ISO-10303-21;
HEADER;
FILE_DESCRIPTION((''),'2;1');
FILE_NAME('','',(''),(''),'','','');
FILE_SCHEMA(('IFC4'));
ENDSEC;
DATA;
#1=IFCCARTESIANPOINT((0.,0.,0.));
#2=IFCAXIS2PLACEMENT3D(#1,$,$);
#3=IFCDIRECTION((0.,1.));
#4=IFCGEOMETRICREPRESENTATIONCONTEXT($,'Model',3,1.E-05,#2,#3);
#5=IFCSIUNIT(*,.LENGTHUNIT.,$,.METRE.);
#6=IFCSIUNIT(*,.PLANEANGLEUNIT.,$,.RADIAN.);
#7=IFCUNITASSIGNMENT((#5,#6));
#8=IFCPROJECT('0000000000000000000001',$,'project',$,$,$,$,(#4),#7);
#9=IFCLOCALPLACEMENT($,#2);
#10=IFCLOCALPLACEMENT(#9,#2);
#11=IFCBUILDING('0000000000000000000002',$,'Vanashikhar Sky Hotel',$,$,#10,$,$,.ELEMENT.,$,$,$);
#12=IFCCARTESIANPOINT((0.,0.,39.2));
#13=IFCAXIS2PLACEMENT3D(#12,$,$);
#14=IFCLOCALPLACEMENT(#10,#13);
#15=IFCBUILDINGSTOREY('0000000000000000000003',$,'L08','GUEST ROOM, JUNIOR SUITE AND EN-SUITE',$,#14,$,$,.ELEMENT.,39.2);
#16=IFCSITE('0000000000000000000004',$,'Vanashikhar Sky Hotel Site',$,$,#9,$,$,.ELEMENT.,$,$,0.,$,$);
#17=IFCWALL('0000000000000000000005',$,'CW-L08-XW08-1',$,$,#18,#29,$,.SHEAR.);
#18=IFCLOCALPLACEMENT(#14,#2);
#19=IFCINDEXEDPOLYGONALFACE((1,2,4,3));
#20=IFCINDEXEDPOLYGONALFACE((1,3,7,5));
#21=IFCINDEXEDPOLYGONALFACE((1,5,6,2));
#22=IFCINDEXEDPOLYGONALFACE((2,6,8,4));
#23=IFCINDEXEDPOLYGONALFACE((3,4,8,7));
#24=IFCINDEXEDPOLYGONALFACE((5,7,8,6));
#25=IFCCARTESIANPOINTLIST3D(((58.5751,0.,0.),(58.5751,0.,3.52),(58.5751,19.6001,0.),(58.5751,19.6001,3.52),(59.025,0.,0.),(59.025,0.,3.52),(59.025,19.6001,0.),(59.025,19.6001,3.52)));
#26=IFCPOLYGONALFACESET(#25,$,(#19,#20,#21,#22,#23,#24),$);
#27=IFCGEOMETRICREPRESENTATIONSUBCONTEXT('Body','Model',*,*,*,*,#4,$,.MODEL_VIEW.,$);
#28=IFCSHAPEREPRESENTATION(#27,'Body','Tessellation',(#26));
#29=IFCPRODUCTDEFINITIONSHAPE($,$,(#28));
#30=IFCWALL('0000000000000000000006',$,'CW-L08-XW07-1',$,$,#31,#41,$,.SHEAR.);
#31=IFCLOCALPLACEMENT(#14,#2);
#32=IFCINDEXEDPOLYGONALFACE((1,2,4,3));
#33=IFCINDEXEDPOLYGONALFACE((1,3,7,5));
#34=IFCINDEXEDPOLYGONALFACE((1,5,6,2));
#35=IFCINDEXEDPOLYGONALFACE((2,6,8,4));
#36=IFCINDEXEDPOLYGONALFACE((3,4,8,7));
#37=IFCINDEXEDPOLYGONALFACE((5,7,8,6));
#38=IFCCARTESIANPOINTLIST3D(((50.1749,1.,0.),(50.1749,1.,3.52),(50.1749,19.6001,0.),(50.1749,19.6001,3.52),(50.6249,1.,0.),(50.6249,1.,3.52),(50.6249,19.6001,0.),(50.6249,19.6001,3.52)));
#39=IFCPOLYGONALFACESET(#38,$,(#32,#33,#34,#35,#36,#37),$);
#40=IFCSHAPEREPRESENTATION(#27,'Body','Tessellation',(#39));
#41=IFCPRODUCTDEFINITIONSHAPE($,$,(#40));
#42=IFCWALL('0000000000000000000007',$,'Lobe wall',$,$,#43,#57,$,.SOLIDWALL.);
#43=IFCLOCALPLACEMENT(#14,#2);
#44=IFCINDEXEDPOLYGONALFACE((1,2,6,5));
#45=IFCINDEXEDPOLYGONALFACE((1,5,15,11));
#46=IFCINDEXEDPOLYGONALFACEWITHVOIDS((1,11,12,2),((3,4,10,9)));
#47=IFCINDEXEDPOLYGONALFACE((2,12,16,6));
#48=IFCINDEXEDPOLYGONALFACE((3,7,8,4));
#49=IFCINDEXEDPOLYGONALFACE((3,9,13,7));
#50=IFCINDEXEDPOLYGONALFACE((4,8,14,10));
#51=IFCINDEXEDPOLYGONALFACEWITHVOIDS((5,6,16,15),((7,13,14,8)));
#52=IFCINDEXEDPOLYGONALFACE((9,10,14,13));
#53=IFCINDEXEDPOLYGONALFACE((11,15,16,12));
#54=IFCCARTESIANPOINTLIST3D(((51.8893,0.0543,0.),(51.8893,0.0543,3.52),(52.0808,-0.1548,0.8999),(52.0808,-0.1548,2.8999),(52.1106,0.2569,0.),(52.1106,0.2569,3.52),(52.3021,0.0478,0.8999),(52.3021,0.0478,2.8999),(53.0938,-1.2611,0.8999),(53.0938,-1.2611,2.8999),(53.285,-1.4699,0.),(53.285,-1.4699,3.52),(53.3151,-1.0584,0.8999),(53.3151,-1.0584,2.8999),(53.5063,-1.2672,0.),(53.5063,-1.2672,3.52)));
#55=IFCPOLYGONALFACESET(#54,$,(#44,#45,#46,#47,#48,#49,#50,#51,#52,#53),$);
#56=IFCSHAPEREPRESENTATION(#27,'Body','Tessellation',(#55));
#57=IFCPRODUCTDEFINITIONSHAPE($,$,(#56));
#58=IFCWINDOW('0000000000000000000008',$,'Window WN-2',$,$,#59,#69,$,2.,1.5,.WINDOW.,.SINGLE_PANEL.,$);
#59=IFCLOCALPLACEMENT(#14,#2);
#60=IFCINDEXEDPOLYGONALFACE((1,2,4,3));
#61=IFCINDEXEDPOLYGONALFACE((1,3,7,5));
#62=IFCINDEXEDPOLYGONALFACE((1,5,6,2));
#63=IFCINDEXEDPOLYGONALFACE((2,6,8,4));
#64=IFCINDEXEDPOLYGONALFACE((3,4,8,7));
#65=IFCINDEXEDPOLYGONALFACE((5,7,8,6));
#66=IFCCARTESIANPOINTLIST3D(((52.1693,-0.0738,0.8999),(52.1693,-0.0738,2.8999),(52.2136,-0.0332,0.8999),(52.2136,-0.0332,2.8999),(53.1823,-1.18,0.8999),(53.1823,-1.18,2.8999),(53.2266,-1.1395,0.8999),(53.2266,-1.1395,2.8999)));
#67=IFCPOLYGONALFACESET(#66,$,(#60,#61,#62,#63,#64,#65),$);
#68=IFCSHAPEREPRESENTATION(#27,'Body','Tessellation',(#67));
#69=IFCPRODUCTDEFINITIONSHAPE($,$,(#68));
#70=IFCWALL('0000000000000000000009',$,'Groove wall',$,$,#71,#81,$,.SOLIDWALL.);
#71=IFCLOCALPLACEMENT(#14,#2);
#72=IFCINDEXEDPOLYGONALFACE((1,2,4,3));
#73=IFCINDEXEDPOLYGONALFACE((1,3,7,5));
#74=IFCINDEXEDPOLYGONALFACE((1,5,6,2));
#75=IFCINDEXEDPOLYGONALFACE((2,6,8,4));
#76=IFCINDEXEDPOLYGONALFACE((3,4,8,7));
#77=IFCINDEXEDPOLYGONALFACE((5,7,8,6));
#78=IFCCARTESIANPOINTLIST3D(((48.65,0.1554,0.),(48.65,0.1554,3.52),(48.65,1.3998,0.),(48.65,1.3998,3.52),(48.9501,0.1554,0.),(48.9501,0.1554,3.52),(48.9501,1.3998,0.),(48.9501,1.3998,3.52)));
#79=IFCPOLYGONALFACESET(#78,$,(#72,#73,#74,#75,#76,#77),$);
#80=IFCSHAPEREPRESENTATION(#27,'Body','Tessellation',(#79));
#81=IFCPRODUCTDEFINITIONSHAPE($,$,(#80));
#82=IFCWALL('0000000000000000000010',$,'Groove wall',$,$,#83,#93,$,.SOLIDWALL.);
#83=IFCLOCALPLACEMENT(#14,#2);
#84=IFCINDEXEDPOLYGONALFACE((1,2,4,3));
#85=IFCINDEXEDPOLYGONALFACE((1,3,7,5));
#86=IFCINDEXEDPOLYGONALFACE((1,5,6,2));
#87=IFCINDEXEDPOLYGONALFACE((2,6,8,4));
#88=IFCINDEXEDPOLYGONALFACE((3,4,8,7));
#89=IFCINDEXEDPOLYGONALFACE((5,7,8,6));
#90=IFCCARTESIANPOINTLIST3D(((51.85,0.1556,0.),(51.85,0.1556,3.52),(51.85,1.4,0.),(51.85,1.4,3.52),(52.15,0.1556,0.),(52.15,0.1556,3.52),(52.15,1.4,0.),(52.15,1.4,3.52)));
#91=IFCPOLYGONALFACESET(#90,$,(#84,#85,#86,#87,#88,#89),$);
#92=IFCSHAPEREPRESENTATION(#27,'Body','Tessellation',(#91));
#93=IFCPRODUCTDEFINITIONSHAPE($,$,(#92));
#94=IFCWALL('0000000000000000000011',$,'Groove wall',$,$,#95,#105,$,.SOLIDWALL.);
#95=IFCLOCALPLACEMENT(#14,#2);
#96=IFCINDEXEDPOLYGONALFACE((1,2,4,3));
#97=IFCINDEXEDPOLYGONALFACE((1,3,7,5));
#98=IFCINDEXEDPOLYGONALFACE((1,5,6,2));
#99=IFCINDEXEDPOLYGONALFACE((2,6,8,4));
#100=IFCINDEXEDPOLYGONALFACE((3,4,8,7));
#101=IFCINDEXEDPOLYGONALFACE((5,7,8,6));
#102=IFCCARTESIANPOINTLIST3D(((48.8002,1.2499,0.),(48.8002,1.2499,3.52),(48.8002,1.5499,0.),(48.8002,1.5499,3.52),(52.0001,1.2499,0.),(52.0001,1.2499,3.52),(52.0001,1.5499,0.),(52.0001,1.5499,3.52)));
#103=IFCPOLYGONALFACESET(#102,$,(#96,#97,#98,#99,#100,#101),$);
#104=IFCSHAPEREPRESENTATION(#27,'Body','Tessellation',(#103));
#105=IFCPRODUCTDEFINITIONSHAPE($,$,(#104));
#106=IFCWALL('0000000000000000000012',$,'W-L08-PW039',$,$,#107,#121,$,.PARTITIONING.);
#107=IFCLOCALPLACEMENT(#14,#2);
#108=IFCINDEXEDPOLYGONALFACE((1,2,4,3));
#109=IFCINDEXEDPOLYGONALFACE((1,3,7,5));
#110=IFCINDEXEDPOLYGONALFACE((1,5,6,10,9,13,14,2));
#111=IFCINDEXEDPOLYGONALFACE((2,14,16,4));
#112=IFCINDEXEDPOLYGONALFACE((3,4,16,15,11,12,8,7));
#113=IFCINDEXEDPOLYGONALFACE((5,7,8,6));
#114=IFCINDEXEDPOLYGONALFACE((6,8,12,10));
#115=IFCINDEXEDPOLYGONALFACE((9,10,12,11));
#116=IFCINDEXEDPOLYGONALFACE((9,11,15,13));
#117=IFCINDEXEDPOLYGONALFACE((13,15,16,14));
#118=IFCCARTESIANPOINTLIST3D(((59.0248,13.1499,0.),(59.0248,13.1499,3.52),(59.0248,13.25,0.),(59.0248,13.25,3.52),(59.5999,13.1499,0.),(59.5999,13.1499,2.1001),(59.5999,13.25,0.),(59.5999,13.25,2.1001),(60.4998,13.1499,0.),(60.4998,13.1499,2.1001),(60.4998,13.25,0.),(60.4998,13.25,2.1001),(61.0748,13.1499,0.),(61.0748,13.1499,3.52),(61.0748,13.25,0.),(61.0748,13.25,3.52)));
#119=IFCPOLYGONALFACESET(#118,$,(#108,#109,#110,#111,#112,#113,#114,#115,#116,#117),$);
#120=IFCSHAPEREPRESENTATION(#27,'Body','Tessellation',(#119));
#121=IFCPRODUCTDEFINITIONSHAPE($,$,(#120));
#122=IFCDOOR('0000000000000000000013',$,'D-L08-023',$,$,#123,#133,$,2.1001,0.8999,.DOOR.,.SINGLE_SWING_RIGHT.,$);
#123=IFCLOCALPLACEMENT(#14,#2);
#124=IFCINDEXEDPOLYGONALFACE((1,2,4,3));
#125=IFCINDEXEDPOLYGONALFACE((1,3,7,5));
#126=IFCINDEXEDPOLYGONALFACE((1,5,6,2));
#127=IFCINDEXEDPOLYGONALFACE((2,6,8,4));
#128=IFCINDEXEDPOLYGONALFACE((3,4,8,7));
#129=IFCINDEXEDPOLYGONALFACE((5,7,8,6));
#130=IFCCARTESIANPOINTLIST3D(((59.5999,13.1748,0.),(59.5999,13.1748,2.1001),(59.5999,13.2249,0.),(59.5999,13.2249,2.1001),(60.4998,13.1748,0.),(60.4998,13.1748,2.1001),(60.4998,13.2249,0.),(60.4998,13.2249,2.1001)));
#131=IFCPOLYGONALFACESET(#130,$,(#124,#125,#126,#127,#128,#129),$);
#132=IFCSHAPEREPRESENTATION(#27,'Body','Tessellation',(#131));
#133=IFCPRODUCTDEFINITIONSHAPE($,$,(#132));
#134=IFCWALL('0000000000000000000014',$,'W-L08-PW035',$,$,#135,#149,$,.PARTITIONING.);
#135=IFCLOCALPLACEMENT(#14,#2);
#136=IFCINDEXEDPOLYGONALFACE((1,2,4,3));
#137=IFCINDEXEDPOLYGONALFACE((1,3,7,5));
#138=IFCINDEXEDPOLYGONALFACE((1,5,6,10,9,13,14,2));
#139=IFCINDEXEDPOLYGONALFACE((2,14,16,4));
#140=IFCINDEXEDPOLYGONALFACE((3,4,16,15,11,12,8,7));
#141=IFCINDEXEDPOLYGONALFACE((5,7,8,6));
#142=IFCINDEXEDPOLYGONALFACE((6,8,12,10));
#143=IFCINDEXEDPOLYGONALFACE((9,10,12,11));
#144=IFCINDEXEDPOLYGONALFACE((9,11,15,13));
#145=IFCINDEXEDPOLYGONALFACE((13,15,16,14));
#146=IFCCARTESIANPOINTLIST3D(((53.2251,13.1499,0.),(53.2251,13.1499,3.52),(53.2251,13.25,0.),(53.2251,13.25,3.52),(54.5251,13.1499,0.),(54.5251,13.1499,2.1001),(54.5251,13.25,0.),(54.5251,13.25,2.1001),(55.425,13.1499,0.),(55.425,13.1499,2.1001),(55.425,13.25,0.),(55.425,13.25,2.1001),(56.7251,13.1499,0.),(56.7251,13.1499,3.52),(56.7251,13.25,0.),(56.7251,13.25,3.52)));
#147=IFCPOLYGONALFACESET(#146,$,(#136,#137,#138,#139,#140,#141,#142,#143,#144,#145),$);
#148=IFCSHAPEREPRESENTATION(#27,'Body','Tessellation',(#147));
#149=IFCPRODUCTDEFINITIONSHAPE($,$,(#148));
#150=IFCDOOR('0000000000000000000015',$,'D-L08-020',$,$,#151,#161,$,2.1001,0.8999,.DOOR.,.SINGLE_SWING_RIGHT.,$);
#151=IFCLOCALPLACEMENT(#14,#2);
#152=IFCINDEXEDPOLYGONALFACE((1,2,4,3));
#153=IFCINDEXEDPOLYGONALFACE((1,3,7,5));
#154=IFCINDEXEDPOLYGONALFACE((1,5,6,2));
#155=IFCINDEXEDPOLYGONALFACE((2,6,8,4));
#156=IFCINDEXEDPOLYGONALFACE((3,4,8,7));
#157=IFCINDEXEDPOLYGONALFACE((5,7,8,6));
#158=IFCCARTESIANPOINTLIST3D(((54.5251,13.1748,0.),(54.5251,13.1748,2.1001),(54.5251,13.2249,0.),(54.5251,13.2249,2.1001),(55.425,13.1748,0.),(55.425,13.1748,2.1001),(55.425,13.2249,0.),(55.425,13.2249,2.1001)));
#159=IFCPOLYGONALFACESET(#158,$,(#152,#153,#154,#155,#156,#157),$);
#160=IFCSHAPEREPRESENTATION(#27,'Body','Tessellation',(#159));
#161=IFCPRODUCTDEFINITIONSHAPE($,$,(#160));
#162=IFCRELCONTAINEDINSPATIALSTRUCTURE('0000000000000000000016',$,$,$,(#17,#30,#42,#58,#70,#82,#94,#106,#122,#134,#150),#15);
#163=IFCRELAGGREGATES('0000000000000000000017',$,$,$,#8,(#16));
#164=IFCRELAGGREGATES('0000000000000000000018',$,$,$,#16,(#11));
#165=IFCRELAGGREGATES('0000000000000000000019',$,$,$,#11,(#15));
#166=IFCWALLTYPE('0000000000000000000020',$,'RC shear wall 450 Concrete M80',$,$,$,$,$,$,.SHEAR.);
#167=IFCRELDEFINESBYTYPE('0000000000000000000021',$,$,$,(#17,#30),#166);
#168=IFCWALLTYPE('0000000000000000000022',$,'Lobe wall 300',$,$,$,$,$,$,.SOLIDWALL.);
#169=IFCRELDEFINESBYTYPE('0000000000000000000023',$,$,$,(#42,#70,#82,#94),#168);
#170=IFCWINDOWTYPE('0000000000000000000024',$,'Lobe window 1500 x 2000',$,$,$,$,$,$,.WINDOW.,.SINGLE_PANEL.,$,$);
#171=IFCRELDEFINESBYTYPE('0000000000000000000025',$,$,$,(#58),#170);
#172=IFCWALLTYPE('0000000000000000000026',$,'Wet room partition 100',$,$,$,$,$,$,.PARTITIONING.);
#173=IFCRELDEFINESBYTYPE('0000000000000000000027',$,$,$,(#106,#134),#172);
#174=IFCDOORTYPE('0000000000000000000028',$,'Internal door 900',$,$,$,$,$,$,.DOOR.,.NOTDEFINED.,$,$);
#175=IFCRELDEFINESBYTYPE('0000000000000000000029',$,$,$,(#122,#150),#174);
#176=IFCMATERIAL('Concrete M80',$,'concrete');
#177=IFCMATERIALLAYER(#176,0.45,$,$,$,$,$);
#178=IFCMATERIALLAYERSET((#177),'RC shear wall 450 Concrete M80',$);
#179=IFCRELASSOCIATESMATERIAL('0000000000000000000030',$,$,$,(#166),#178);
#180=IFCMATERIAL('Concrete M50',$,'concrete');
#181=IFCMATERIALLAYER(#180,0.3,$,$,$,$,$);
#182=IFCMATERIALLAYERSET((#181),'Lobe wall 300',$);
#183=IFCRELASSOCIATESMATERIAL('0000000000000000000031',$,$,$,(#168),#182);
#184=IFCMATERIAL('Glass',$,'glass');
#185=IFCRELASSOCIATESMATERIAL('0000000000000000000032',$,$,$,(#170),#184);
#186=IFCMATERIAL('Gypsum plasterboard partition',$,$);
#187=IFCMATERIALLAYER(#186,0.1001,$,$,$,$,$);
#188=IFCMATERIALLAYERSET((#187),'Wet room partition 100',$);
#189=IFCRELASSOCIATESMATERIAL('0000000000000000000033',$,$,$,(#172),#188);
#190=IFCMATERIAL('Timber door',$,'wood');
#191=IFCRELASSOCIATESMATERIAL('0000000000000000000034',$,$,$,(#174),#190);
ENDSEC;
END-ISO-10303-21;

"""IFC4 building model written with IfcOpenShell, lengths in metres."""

from ifc_helpers import new_model, si_unit, direction, frame, frame_2d, origin, place, context, subcontext, project, spatial, rectangle, extrude, source, transform, mapped, material, layer, layer_set, type_object, element, fill, save


model = new_model("IFC4")

# Units and contexts
model_context = context("Model", 3, precision=1e-05, world=origin(), true_north=direction((0.0, 1.0)))
body_context = subcontext(model_context, "Body", "Model", "MODEL_VIEW")
ifc_project = project(units=[si_unit("LENGTHUNIT", "METRE"), si_unit("PLANEANGLEUNIT", "RADIAN")], contexts=[model_context])

# Site, building, storey
site_placement = place(None, origin())
site = spatial("IfcSite", under=ifc_project, at=site_placement, Name="Vanashikhar Sky Hotel Site", CompositionType="ELEMENT", RefElevation=0.0)
building_placement = place(site_placement, origin())
building = spatial("IfcBuilding", under=site, at=building_placement, Name="Vanashikhar Sky Hotel", CompositionType="ELEMENT")
storey_placement = place(building_placement, frame((0.0, 0.0, 39.2)))
storey = spatial("IfcBuildingStorey", under=building, at=storey_placement, Name="L08", Description="GUEST ROOM, JUNIOR SUITE AND EN-SUITE", CompositionType="ELEMENT", Elevation=39.2)

# Walls
ifc_material_1 = material(Name="Concrete M80", Category="concrete")
ifc_layer_1 = layer(ifc_material_1, 0.45)
ifc_layer_set_1 = layer_set([ifc_layer_1], Name="RC shear wall 450 Concrete M80")
wall_type_1 = type_object("IfcWallType", Name="RC shear wall 450 Concrete M80", PredefinedType="SHEAR", material=ifc_layer_set_1)
shared_shape_1 = source(origin(), body_context, "Body", "SweptSolid", [
    extrude(rectangle(XDim=19.6001, YDim=0.45, at=frame_2d((9.8, 0.0))), origin(), (0.0, 0.0, 1.0), 3.52),
])
wall_1_placement = place(storey_placement, frame((58.8, 0.0, 0.0), z_axis=(0.0, 0.0, 1.0), x_axis=(0.0, 1.0, 0.0)))
element("IfcWall", 1, at=wall_1_placement, inside=storey, type_object=wall_type_1, Name="CW-L08-XW08-1", PredefinedType="SHEAR", context=body_context, shape_type="MappedRepresentation", body=[
    mapped(shared_shape_1, transform((0.0, 0.0, 0.0), scale=1.0)),
])
shared_shape_2 = source(origin(), body_context, "Body", "SweptSolid", [
    extrude(rectangle(XDim=18.6001, YDim=0.45, at=frame_2d((9.3, 0.0))), origin(), (0.0, 0.0, 1.0), 3.52),
])
wall_2_placement = place(storey_placement, frame((50.3999, 1.0, 0.0), z_axis=(0.0, 0.0, 1.0), x_axis=(0.0, 1.0, 0.0)))
element("IfcWall", 2, at=wall_2_placement, inside=storey, type_object=wall_type_1, Name="CW-L08-XW07-1", PredefinedType="SHEAR", context=body_context, shape_type="MappedRepresentation", body=[
    mapped(shared_shape_2, transform((0.0, 0.0, 0.0), scale=1.0)),
])

# Wall, opening, window
ifc_material_2 = material(Name="Concrete M50", Category="concrete")
ifc_layer_2 = layer(ifc_material_2, 0.3)
ifc_layer_set_2 = layer_set([ifc_layer_2], Name="Lobe wall 300")
wall_type_2 = type_object("IfcWallType", Name="Lobe wall 300", PredefinedType="SOLIDWALL", material=ifc_layer_set_2)
shared_shape_3 = source(origin(), body_context, "Body", "SweptSolid", [
    extrude(rectangle(XDim=2.0667, YDim=0.3, at=frame_2d((1.0332, 0.0))), origin(), (0.0, 0.0, 1.0), 3.52),
])
wall_3_placement = place(storey_placement, frame((52.0, 0.1555, 0.0), z_axis=(0.0, 0.0, 1.0), x_axis=(0.675355, -0.737492, 0.0)))
wall_3 = element("IfcWall", 3, at=wall_3_placement, inside=storey, type_object=wall_type_2, Name="Lobe wall", PredefinedType="SOLIDWALL", context=body_context, shape_type="MappedRepresentation", body=[
    mapped(shared_shape_3, transform((0.0, 0.0, 0.0), scale=1.0)),
])
shared_shape_4 = source(origin(), body_context, "Body", "SweptSolid", [
    extrude(rectangle(XDim=1.5, YDim=2.0, at=frame_2d((0.75, 1.0))), frame((0.0, 0.1602, 0.0), z_axis=(0.0, -1.0, 0.0), x_axis=(1.0, 0.0, 0.0)), (0.0, 0.0, 1.0), 0.3201),
])
opening_1_placement = place(wall_3_placement, frame((0.2834, 0.0, 0.8999)))
opening_1 = element("IfcOpeningElement", 4, at=opening_1_placement, cuts=wall_3, PredefinedType="OPENING", context=body_context, shape_type="MappedRepresentation", body=[
    mapped(shared_shape_4, transform((0.0, 0.0, 0.0), scale=1.0)),
])
ifc_material_3 = material(Name="Glass", Category="glass")
window_type = type_object("IfcWindowType", Name="Lobe window 1500 x 2000", PartitioningType="SINGLE_PANEL", PredefinedType="WINDOW", material=ifc_material_3)
shared_shape_5 = source(origin(), body_context, "Body", "SweptSolid", [
    extrude(rectangle(XDim=1.5, YDim=2.0, at=frame_2d((0.75, 1.0))), frame((0.0, 0.03, 0.0), z_axis=(0.0, -1.0, 0.0), x_axis=(1.0, 0.0, 0.0)), (0.0, 0.0, 1.0), 0.0601),
])
window_placement = place(opening_1_placement, origin())
window = element("IfcWindow", 5, at=window_placement, inside=storey, type_object=window_type, Name="Window WN-2", OverallHeight=2.0, OverallWidth=1.5, PartitioningType="SINGLE_PANEL", PredefinedType="WINDOW", context=body_context, shape_type="MappedRepresentation", body=[
    mapped(shared_shape_5, transform((0.0, 0.0, 0.0), scale=1.0)),
])
fill(opening_1, window)

# Walls
shared_shape_6 = source(origin(), body_context, "Body", "SweptSolid", [
    extrude(rectangle(XDim=1.2444, YDim=0.3, at=frame_2d((0.6221, 0.0))), origin(), (0.0, 0.0, 1.0), 3.52),
])
for number, where, z_axis, x_axis, name in (
    (6, (48.8, 0.1555, 0.0), (0.0, 0.0, 1.0), (0.0, 1.0, 0.0), "Groove wall"),
    (7, (52.0, 1.3999, 0.0), (0.0, 0.0, 1.0), (0.0, -1.0, 0.0), "Groove wall"),
):
    element("IfcWall", number, at=place(storey_placement, frame(where, z_axis=z_axis, x_axis=x_axis)), inside=storey, type_object=wall_type_2, Name=name, PredefinedType="SOLIDWALL", context=body_context, shape_type="MappedRepresentation", body=[
        mapped(shared_shape_6, transform((0.0, 0.0, 0.0), scale=1.0)),
    ])
shared_shape_7 = source(origin(), body_context, "Body", "SweptSolid", [
    extrude(rectangle(XDim=3.2, YDim=0.3, at=frame_2d((1.6001, 0.0))), origin(), (0.0, 0.0, 1.0), 3.52),
])
wall_4_placement = place(storey_placement, frame((48.8, 1.3999, 0.0), z_axis=(0.0, 0.0, 1.0), x_axis=(1.0, 0.0, 0.0)))
element("IfcWall", 8, at=wall_4_placement, inside=storey, type_object=wall_type_2, Name="Groove wall", PredefinedType="SOLIDWALL", context=body_context, shape_type="MappedRepresentation", body=[
    mapped(shared_shape_7, transform((0.0, 0.0, 0.0), scale=1.0)),
])

# Walls, openings, doors
ifc_material_4 = material(Name="Gypsum plasterboard partition")
ifc_layer_3 = layer(ifc_material_4, 0.1001)
ifc_layer_set_3 = layer_set([ifc_layer_3], Name="Wet room partition 100")
wall_type_3 = type_object("IfcWallType", Name="Wet room partition 100", PredefinedType="PARTITIONING", material=ifc_layer_set_3)
shared_shape_8 = source(origin(), body_context, "Body", "SweptSolid", [
    extrude(rectangle(XDim=2.05, YDim=0.1001, at=frame_2d((1.0249, 0.0))), origin(), (0.0, 0.0, 1.0), 3.52),
])
wall_5_placement = place(storey_placement, frame((59.0249, 13.2, 0.0), z_axis=(0.0, 0.0, 1.0), x_axis=(1.0, 0.0, 0.0)))
wall_5 = element("IfcWall", 9, at=wall_5_placement, inside=storey, type_object=wall_type_3, Name="W-L08-PW039", PredefinedType="PARTITIONING", context=body_context, shape_type="MappedRepresentation", body=[
    mapped(shared_shape_8, transform((0.0, 0.0, 0.0), scale=1.0)),
])
shared_shape_9 = source(origin(), body_context, "Body", "SweptSolid", [
    extrude(rectangle(XDim=0.8999, YDim=2.1001, at=frame_2d((0.45, 1.05))), frame((0.0, 0.0601, 0.0), z_axis=(0.0, -1.0, 0.0), x_axis=(1.0, 0.0, 0.0)), (0.0, 0.0, 1.0), 0.1201),
])
opening_2_placement = place(wall_5_placement, frame((0.575, 0.0, 0.0)))
opening_2 = element("IfcOpeningElement", 10, at=opening_2_placement, cuts=wall_5, PredefinedType="OPENING", context=body_context, shape_type="MappedRepresentation", body=[
    mapped(shared_shape_9, transform((0.0, 0.0, 0.0), scale=1.0)),
])
ifc_material_5 = material(Name="Timber door", Category="wood")
door_type = type_object("IfcDoorType", Name="Internal door 900", OperationType="NOTDEFINED", PredefinedType="DOOR", material=ifc_material_5)
shared_shape_10 = source(origin(), body_context, "Body", "SweptSolid", [
    extrude(rectangle(XDim=0.8999, YDim=2.1001, at=frame_2d((0.45, 1.05))), frame((0.0, 0.0249, 0.0), z_axis=(0.0, -1.0, 0.0), x_axis=(1.0, 0.0, 0.0)), (0.0, 0.0, 1.0), 0.05),
])
door_1_placement = place(opening_2_placement, origin())
door_1 = element("IfcDoor", 11, at=door_1_placement, inside=storey, type_object=door_type, Name="D-L08-023", OperationType="SINGLE_SWING_RIGHT", OverallHeight=2.1001, OverallWidth=0.8999, PredefinedType="DOOR", context=body_context, shape_type="MappedRepresentation", body=[
    mapped(shared_shape_10, transform((0.0, 0.0, 0.0), scale=1.0)),
])
fill(opening_2, door_1)
shared_shape_11 = source(origin(), body_context, "Body", "SweptSolid", [
    extrude(rectangle(XDim=3.5, YDim=0.1001, at=frame_2d((1.75, 0.0))), origin(), (0.0, 0.0, 1.0), 3.52),
])
wall_6_placement = place(storey_placement, frame((53.2251, 13.2, 0.0), z_axis=(0.0, 0.0, 1.0), x_axis=(1.0, 0.0, 0.0)))
wall_6 = element("IfcWall", 12, at=wall_6_placement, inside=storey, type_object=wall_type_3, Name="W-L08-PW035", PredefinedType="PARTITIONING", context=body_context, shape_type="MappedRepresentation", body=[
    mapped(shared_shape_11, transform((0.0, 0.0, 0.0), scale=1.0)),
])
opening_3_placement = place(wall_6_placement, frame((1.3, 0.0, 0.0)))
opening_3 = element("IfcOpeningElement", 13, at=opening_3_placement, cuts=wall_6, PredefinedType="OPENING", context=body_context, shape_type="MappedRepresentation", body=[
    mapped(shared_shape_9, transform((0.0, 0.0, 0.0), scale=1.0)),
])
door_2_placement = place(opening_3_placement, origin())
door_2 = element("IfcDoor", 14, at=door_2_placement, inside=storey, type_object=door_type, Name="D-L08-020", OperationType="SINGLE_SWING_RIGHT", OverallHeight=2.1001, OverallWidth=0.8999, PredefinedType="DOOR", context=body_context, shape_type="MappedRepresentation", body=[
    mapped(shared_shape_10, transform((0.0, 0.0, 0.0), scale=1.0)),
])
fill(opening_3, door_2)

save(model, "model.ifc")
